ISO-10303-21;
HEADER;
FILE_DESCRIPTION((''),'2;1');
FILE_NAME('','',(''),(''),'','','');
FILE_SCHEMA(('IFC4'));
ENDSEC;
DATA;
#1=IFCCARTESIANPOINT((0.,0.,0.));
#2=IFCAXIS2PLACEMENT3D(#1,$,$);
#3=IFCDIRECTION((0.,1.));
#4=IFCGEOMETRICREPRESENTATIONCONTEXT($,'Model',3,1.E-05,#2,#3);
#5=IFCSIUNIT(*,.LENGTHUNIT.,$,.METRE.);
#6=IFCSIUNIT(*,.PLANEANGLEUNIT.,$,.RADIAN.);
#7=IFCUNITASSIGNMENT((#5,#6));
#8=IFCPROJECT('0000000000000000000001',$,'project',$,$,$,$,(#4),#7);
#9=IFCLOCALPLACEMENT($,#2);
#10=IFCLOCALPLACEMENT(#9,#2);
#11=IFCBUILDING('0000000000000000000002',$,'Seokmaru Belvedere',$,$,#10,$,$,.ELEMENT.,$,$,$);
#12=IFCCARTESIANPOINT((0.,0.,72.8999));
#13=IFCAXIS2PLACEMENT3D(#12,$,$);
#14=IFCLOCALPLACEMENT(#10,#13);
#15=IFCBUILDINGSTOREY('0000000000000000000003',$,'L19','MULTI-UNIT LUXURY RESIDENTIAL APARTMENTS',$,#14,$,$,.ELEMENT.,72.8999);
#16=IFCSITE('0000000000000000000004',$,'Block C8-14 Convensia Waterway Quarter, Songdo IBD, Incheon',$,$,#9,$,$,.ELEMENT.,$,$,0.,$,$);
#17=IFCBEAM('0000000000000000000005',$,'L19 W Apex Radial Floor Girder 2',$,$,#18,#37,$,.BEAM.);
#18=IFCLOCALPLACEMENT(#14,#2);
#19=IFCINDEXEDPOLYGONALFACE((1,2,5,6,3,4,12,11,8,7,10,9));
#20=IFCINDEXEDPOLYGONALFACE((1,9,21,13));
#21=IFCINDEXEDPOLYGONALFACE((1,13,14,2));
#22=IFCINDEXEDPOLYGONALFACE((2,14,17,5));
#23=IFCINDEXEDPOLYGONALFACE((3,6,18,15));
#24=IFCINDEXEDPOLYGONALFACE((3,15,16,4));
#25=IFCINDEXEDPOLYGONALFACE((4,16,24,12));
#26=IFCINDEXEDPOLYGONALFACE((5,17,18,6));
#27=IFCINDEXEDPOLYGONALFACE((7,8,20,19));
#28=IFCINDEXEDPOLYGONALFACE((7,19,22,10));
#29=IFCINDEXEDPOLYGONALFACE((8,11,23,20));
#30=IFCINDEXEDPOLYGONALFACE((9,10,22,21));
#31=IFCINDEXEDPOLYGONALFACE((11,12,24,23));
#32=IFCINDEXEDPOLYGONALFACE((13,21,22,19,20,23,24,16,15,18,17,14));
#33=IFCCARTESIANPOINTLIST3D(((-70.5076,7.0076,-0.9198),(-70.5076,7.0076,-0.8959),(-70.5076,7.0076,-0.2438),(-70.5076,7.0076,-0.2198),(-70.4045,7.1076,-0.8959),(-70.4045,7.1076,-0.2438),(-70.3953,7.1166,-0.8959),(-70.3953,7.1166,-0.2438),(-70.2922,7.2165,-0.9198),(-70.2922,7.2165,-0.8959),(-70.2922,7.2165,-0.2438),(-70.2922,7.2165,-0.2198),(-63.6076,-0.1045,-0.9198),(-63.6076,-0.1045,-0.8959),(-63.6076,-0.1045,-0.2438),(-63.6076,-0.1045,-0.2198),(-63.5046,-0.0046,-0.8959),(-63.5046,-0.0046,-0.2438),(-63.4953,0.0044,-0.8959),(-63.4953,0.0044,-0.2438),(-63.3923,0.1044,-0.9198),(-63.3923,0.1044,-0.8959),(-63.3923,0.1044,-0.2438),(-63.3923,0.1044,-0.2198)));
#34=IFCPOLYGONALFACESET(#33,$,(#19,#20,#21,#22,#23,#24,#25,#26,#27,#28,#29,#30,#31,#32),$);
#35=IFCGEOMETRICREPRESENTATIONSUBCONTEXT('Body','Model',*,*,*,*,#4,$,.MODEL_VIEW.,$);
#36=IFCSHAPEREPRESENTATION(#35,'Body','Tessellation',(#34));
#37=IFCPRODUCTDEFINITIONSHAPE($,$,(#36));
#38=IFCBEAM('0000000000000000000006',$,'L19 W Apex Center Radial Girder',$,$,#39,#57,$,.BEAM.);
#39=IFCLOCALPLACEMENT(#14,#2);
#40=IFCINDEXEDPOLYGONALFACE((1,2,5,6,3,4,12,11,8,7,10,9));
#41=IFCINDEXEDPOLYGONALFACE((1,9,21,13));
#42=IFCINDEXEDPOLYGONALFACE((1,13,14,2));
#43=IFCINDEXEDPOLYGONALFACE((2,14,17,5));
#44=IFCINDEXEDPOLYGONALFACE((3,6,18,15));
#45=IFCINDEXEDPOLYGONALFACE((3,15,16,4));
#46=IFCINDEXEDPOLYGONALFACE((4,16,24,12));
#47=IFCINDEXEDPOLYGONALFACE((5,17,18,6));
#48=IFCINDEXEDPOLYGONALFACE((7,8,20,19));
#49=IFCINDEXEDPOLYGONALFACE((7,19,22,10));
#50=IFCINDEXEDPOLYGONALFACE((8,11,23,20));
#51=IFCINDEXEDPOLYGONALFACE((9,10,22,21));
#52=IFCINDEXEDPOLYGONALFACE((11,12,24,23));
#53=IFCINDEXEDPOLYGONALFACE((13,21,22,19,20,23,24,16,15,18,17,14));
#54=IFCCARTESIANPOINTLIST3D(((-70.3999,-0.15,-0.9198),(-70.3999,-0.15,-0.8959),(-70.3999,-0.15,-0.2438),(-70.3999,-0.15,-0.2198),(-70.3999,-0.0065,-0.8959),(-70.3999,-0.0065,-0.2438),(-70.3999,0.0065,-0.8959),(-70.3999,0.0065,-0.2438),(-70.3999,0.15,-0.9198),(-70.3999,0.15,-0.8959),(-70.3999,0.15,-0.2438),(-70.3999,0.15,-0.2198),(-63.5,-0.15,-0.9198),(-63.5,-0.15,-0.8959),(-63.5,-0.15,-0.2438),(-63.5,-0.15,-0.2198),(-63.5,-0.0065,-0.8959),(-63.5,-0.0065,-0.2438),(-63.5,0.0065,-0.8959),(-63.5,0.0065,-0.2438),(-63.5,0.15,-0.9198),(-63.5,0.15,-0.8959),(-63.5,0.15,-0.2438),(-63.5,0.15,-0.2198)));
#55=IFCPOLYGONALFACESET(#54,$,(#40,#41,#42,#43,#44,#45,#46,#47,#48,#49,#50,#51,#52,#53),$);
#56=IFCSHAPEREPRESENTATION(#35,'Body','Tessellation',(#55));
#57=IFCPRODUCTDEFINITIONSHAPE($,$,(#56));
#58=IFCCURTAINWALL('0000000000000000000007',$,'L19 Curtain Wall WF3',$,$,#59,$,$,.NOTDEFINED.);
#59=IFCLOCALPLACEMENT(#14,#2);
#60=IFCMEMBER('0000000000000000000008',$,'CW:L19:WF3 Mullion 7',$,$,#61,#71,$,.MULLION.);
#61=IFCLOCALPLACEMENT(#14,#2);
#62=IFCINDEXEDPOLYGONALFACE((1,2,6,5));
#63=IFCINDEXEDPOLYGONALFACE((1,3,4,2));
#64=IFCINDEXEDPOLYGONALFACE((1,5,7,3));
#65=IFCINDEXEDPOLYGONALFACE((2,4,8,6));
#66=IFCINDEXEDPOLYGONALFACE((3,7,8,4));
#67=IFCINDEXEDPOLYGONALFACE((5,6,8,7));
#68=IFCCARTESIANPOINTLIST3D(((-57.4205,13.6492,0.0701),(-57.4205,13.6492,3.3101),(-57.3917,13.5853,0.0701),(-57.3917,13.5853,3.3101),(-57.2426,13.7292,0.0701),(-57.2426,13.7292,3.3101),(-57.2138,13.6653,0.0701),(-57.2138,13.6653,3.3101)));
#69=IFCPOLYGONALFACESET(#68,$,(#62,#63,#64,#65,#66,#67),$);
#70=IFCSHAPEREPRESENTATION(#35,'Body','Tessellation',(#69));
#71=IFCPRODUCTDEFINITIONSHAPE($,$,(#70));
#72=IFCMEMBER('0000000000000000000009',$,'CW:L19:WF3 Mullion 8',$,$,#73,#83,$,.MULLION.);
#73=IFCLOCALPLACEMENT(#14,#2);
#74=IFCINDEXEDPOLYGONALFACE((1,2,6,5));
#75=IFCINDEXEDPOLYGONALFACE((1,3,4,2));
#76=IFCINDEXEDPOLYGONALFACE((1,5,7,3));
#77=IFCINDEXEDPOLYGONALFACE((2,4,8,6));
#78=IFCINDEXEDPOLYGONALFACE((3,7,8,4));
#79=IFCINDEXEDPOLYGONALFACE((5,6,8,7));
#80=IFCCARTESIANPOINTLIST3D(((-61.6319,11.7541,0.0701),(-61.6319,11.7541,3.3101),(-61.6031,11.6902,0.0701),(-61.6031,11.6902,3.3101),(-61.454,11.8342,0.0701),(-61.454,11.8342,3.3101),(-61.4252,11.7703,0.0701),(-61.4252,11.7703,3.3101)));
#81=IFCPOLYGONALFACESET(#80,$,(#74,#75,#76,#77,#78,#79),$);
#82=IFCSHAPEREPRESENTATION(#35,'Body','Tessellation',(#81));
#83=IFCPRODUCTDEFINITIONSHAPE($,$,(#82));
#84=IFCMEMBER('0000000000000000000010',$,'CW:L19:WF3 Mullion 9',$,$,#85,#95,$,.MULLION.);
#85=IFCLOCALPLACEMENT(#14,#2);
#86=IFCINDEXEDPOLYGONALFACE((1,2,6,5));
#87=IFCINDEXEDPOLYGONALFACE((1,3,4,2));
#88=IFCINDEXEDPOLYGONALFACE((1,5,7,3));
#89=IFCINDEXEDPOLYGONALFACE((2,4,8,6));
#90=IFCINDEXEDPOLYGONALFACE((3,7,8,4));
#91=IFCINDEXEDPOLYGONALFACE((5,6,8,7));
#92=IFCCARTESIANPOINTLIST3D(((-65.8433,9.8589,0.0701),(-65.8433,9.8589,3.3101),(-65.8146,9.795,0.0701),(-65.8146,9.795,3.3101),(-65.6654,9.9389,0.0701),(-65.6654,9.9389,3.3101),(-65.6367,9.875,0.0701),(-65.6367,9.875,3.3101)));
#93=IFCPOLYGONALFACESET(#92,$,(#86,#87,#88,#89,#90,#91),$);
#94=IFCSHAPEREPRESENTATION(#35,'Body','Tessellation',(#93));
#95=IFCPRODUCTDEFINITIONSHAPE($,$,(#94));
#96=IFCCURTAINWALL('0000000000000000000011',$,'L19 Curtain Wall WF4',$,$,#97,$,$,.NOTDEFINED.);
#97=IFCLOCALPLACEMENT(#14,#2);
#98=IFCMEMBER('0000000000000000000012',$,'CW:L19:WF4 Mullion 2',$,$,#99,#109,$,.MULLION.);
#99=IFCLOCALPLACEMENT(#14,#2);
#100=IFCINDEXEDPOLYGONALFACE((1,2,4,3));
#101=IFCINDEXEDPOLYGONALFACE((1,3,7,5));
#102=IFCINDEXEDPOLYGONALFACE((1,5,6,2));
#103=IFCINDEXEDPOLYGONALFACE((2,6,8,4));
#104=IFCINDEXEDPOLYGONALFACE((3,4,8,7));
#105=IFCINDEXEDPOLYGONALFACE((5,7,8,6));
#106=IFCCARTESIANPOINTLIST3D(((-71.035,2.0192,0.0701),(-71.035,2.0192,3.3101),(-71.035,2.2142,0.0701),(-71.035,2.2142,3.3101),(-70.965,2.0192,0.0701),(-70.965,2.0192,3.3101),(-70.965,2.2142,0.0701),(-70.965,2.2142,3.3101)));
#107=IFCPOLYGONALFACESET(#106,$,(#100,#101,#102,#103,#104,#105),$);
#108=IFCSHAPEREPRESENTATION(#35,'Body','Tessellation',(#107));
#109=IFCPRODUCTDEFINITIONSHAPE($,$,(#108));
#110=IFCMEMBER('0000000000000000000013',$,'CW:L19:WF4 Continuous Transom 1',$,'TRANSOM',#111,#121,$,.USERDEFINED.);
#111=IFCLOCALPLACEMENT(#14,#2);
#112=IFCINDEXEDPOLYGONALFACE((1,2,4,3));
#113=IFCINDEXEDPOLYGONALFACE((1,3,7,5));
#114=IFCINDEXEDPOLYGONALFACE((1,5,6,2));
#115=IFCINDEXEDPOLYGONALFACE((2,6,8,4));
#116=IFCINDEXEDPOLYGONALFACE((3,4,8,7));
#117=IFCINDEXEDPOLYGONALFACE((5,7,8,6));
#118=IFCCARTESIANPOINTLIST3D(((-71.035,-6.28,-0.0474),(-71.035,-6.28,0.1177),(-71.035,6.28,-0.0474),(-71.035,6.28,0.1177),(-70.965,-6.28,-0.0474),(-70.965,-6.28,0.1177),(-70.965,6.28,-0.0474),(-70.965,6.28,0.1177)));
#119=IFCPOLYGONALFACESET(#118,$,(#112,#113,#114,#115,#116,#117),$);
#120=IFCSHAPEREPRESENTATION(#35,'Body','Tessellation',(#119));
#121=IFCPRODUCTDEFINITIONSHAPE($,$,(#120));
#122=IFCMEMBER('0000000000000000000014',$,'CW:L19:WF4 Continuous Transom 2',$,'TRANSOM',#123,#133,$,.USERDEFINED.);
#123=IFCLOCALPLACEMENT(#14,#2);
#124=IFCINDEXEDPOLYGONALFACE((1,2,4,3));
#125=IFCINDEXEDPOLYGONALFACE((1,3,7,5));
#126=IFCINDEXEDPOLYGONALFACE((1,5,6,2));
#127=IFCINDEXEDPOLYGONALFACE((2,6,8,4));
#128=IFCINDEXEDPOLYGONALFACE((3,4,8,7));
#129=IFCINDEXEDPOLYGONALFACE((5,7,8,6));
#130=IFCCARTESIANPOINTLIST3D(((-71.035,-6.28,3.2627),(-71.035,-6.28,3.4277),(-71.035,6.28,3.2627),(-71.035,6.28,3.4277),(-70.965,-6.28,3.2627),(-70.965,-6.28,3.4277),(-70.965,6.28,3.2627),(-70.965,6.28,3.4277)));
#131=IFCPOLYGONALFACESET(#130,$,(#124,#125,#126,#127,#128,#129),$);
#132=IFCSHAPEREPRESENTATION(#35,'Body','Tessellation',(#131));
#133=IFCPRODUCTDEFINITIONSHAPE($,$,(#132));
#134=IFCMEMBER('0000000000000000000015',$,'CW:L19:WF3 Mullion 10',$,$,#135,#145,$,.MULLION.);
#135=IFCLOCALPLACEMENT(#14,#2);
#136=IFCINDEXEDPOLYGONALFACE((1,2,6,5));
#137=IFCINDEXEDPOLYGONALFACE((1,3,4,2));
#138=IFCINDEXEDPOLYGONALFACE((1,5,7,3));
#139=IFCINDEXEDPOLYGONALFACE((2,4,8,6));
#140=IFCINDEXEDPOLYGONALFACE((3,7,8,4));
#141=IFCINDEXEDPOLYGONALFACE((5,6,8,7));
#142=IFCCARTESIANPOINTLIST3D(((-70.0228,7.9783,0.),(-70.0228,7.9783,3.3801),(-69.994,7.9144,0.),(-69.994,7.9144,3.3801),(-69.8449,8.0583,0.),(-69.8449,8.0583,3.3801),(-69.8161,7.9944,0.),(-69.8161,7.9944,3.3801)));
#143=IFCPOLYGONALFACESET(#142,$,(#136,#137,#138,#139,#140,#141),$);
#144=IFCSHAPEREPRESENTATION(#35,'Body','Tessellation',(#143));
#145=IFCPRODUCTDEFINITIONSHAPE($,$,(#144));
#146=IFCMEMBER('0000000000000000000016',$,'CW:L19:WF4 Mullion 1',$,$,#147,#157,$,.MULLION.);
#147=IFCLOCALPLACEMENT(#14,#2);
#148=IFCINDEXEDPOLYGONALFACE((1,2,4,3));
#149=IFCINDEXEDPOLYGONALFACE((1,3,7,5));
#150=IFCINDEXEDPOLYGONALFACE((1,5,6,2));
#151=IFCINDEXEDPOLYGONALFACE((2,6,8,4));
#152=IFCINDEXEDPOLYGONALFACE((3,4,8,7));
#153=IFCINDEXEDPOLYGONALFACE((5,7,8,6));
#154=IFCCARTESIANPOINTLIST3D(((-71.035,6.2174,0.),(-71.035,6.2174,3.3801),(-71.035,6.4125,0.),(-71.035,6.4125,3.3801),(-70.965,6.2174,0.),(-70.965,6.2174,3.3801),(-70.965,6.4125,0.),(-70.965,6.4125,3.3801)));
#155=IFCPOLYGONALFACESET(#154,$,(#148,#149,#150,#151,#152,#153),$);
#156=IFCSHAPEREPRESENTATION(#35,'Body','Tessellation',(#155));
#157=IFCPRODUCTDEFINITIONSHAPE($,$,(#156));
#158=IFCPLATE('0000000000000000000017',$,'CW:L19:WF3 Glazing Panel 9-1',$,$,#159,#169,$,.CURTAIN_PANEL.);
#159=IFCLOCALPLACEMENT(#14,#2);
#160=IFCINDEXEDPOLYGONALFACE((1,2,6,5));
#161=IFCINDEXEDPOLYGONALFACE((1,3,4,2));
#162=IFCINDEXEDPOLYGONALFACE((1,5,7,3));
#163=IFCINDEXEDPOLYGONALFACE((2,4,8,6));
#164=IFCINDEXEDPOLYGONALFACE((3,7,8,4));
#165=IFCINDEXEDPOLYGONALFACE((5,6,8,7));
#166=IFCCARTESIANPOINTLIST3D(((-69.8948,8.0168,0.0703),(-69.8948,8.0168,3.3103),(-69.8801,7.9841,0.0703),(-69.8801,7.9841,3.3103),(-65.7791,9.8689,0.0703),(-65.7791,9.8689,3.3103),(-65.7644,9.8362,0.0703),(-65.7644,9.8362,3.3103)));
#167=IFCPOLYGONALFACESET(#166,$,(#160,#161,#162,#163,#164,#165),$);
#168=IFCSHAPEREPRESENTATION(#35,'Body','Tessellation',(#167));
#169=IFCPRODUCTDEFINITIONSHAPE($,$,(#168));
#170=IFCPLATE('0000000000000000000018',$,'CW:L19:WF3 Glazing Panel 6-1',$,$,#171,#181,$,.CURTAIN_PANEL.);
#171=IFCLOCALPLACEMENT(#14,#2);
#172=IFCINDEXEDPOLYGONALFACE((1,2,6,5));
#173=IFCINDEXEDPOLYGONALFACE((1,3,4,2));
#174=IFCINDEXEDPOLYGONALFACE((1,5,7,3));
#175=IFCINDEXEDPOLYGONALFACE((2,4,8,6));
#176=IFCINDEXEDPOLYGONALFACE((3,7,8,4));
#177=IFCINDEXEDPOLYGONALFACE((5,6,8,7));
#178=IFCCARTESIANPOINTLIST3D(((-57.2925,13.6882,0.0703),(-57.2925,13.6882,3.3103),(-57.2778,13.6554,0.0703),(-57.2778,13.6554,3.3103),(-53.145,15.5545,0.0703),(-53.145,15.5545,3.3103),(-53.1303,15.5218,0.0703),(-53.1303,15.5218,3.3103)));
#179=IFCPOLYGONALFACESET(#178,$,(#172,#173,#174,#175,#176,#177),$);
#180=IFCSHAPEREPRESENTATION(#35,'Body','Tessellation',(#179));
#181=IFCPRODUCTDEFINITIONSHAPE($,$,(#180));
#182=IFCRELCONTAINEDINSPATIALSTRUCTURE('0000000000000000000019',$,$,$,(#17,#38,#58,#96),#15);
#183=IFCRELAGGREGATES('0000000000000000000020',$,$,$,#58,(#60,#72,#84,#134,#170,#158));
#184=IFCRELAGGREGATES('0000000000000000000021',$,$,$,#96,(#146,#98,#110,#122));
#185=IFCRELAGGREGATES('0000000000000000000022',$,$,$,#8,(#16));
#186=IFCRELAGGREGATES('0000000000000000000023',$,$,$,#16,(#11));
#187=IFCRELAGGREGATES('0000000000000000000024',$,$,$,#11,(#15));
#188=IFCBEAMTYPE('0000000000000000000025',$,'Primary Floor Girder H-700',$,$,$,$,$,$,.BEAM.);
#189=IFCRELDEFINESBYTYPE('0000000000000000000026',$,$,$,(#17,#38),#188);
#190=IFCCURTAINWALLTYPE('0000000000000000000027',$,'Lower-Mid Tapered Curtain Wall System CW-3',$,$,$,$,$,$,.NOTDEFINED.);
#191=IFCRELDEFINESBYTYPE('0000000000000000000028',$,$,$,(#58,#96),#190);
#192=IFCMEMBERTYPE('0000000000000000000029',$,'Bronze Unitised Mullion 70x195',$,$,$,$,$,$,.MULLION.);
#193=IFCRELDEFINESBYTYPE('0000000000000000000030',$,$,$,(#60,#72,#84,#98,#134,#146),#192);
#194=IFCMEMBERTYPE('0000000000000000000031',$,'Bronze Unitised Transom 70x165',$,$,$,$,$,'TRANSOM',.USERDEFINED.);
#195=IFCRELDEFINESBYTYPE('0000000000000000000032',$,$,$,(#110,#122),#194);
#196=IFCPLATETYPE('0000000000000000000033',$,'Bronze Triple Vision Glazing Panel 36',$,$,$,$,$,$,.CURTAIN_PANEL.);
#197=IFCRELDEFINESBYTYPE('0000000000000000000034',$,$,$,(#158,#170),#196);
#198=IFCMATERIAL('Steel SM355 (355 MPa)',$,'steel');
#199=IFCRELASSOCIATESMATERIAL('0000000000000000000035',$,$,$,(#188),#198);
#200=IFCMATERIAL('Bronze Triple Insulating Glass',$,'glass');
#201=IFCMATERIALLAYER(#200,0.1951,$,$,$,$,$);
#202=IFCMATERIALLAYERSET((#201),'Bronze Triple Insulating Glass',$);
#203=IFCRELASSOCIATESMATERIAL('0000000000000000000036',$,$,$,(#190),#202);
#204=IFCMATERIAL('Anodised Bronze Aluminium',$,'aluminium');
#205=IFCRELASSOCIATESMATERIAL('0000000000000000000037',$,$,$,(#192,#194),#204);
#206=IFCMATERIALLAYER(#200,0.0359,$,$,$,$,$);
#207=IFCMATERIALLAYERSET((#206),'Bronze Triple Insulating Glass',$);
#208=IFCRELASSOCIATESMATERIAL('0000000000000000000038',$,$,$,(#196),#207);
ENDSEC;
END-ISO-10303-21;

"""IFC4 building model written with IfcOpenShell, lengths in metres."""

from ifc_helpers import new_model, si_unit, direction, frame, origin, origin_2d, place, context, subcontext, project, spatial, rectangle, i_section, extrude, source, transform, mapped, material, layer, layer_set, material_profile, profile_set, type_object, type_shapes, element, aggregate, save


model = new_model("IFC4")

# Units and contexts
model_context = context("Model", 3, precision=1e-05, world=origin(), true_north=direction((0.0, 1.0)))
body_context = subcontext(model_context, "Body", "Model", "MODEL_VIEW")
ifc_project = project(units=[si_unit("LENGTHUNIT", "METRE"), si_unit("PLANEANGLEUNIT", "RADIAN")], contexts=[model_context])

# Site, building, storey
site_placement = place(None, origin())
site = spatial("IfcSite", under=ifc_project, at=site_placement, Name="Block C8-14 Convensia Waterway Quarter, Songdo IBD, Incheon", CompositionType="ELEMENT", RefElevation=0.0)
building_placement = place(site_placement, origin())
building = spatial("IfcBuilding", under=site, at=building_placement, Name="Seokmaru Belvedere", CompositionType="ELEMENT")
storey_placement = place(building_placement, frame((0.0, 0.0, 72.8999)))
storey = spatial("IfcBuildingStorey", under=building, at=storey_placement, Name="L19", Description="MULTI-UNIT LUXURY RESIDENTIAL APARTMENTS", CompositionType="ELEMENT", Elevation=72.8999)

# Shared definitions
ifc_material_1 = material(Name="Steel SM355 (355 MPa)", Category="steel")

# Beams
ifc_material_profile_1 = material_profile(ifc_material_1, i_section(OverallWidth=0.3, OverallDepth=0.7, WebThickness=0.0129, FlangeThickness=0.0239, at=origin_2d()), Name="H-700x300x13x24")
ifc_profile_set_1 = profile_set([ifc_material_profile_1], Name="Steel SM355 (355 MPa)")
beam_type_1 = type_object("IfcBeamType", Name="Primary Floor Girder H-700", PredefinedType="BEAM", material=ifc_profile_set_1)
shared_shape_1 = source(origin(), body_context, "Body", "SweptSolid", [
    extrude(i_section(OverallWidth=0.3, OverallDepth=0.7, WebThickness=0.0129, FlangeThickness=0.0239, at=origin_2d()), origin(), (0.0, 0.0, 1.0), 9.9092),
])
beam_1_placement = place(storey_placement, frame((-70.3999, 7.1121, -0.5698), z_axis=(0.696321, -0.717731, 0.0), x_axis=(0.717731, 0.696321, 0.0)))
element("IfcBeam", 1, at=beam_1_placement, inside=storey, type_object=beam_type_1, Name="L19 W Apex Radial Floor Girder 2", PredefinedType="BEAM", context=body_context, shape_type="MappedRepresentation", body=[
    mapped(shared_shape_1, transform((0.0, 0.0, 0.0), scale=1.0)),
])
shared_shape_2 = source(origin(), body_context, "Body", "SweptSolid", [
    extrude(i_section(OverallWidth=0.3, OverallDepth=0.7, WebThickness=0.0129, FlangeThickness=0.0239, at=origin_2d()), origin(), (0.0, 0.0, 1.0), 6.8999),
])
beam_2_placement = place(storey_placement, frame((-70.3999, 0.0, -0.5698), z_axis=(1.0, 0.0, 0.0), x_axis=(0.0, 1.0, 0.0)))
element("IfcBeam", 2, at=beam_2_placement, inside=storey, type_object=beam_type_1, Name="L19 W Apex Center Radial Girder", PredefinedType="BEAM", context=body_context, shape_type="MappedRepresentation", body=[
    mapped(shared_shape_2, transform((0.0, 0.0, 0.0), scale=1.0)),
])

# Curtain walls, members
ifc_material_2 = material(Name="Bronze Triple Insulating Glass", Category="glass")
ifc_layer_1 = layer(ifc_material_2, 0.1951)
ifc_layer_set_1 = layer_set([ifc_layer_1], Name="Bronze Triple Insulating Glass")
curtain_wall_type = type_object("IfcCurtainWallType", Name="Lower-Mid Tapered Curtain Wall System CW-3", PredefinedType="NOTDEFINED", material=ifc_layer_set_1)
curtain_wall_1_placement = place(storey_placement, origin())
curtain_wall_1 = element("IfcCurtainWall", 3, at=curtain_wall_1_placement, inside=storey, type_object=curtain_wall_type, Name="L19 Curtain Wall WF3", PredefinedType="NOTDEFINED")
ifc_material_3 = material(Name="Anodised Bronze Aluminium", Category="aluminium")
ifc_material_profile_2 = material_profile(ifc_material_3, rectangle(XDim=0.0701, YDim=0.1951, at=origin_2d()), Name="CW-M-70x195")
ifc_profile_set_2 = profile_set([ifc_material_profile_2], Name="Anodised Bronze Aluminium")
member_type_1 = type_object("IfcMemberType", Name="Bronze Unitised Mullion 70x195", PredefinedType="MULLION", material=ifc_profile_set_2)
shared_shape_3 = source(origin(), body_context, "Body", "SweptSolid", [
    extrude(rectangle(XDim=0.0701, YDim=0.1951, at=origin_2d()), origin(), (0.0, 0.0, 1.0), 3.24),
])
member_1_placement = place(storey_placement, frame((-57.3171, 13.6572, 0.0701), z_axis=(0.0, 0.0, 1.0), x_axis=(0.410366, -0.911921, 0.0)))
member_1 = element("IfcMember", 4, at=member_1_placement, type_object=member_type_1, Name="CW:L19:WF3 Mullion 7", PredefinedType="MULLION", context=body_context, shape_type="MappedRepresentation", body=[
    mapped(shared_shape_3, transform((0.0, 0.0, 0.0), scale=1.0)),
])
member_2_placement = place(storey_placement, frame((-61.5286, 11.7622, 0.0701), z_axis=(0.0, 0.0, 1.0), x_axis=(0.410366, -0.911921, 0.0)))
member_2 = element("IfcMember", 5, at=member_2_placement, type_object=member_type_1, Name="CW:L19:WF3 Mullion 8", PredefinedType="MULLION", context=body_context, shape_type="MappedRepresentation", body=[
    mapped(shared_shape_3, transform((0.0, 0.0, 0.0), scale=1.0)),
])
member_3_placement = place(storey_placement, frame((-65.74, 9.8669, 0.0701), z_axis=(0.0, 0.0, 1.0), x_axis=(0.410366, -0.911921, 0.0)))
member_3 = element("IfcMember", 6, at=member_3_placement, type_object=member_type_1, Name="CW:L19:WF3 Mullion 9", PredefinedType="MULLION", context=body_context, shape_type="MappedRepresentation", body=[
    mapped(shared_shape_3, transform((0.0, 0.0, 0.0), scale=1.0)),
])
curtain_wall_2_placement = place(storey_placement, origin())
curtain_wall_2 = element("IfcCurtainWall", 7, at=curtain_wall_2_placement, inside=storey, type_object=curtain_wall_type, Name="L19 Curtain Wall WF4", PredefinedType="NOTDEFINED")
member_4_placement = place(storey_placement, frame((-71.0, 2.1167, 0.0701), z_axis=(0.0, 0.0, 1.0), x_axis=(1.0, 0.0, 0.0)))
member_4 = element("IfcMember", 8, at=member_4_placement, type_object=member_type_1, Name="CW:L19:WF4 Mullion 2", PredefinedType="MULLION", context=body_context, shape_type="MappedRepresentation", body=[
    mapped(shared_shape_3, transform((0.0, 0.0, 0.0), scale=1.0)),
])
ifc_material_profile_3 = material_profile(ifc_material_3, rectangle(XDim=0.0701, YDim=0.165, at=origin_2d()), Name="CW-T-70x165")
ifc_profile_set_3 = profile_set([ifc_material_profile_3], Name="Anodised Bronze Aluminium")
member_type_2 = type_object("IfcMemberType", Name="Bronze Unitised Transom 70x165", ElementType="TRANSOM", PredefinedType="USERDEFINED", material=ifc_profile_set_3)
shared_shape_4 = source(origin(), body_context, "Body", "SweptSolid", [
    extrude(rectangle(XDim=0.0701, YDim=0.165, at=origin_2d()), origin(), (0.0, 0.0, 1.0), 12.5601),
])
type_shapes(member_type_2, [shared_shape_4])
member_5_placement = place(storey_placement, frame((-71.0, 6.28, 0.0352), z_axis=(0.0, -1.0, 0.0), x_axis=(1.0, 0.0, 0.0)))
member_5 = element("IfcMember", 9, at=member_5_placement, type_object=member_type_2, Name="CW:L19:WF4 Continuous Transom 1", ObjectType="TRANSOM", PredefinedType="USERDEFINED", context=body_context, shape_type="MappedRepresentation", body=[
    mapped(shared_shape_4, transform((0.0, 0.0, 0.0), scale=1.0)),
])
member_6_placement = place(storey_placement, frame((-71.0, 6.28, 3.3452), z_axis=(0.0, -1.0, 0.0), x_axis=(1.0, 0.0, 0.0)))
member_6 = element("IfcMember", 10, at=member_6_placement, type_object=member_type_2, Name="CW:L19:WF4 Continuous Transom 2", ObjectType="TRANSOM", PredefinedType="USERDEFINED", context=body_context, shape_type="MappedRepresentation", body=[
    mapped(shared_shape_4, transform((0.0, 0.0, 0.0), scale=1.0)),
])

# Members
shared_shape_5 = source(origin(), body_context, "Body", "SweptSolid", [
    extrude(rectangle(XDim=0.0701, YDim=0.1951, at=origin_2d()), origin(), (0.0, 0.0, 1.0), 3.3801),
])
type_shapes(member_type_1, [shared_shape_3, shared_shape_5])
member_7_placement = place(storey_placement, frame((-69.9194, 7.9863, 0.0), z_axis=(0.0, 0.0, 1.0), x_axis=(0.410366, -0.911921, 0.0)))
member_7 = element("IfcMember", 11, at=member_7_placement, type_object=member_type_1, Name="CW:L19:WF3 Mullion 10", PredefinedType="MULLION", context=body_context, shape_type="MappedRepresentation", body=[
    mapped(shared_shape_5, transform((0.0, 0.0, 0.0), scale=1.0)),
])
member_8_placement = place(storey_placement, frame((-71.0, 6.3149, 0.0), z_axis=(0.0, 0.0, 1.0), x_axis=(1.0, 0.0, 0.0)))
member_8 = element("IfcMember", 12, at=member_8_placement, type_object=member_type_1, Name="CW:L19:WF4 Mullion 1", PredefinedType="MULLION", context=body_context, shape_type="MappedRepresentation", body=[
    mapped(shared_shape_5, transform((0.0, 0.0, 0.0), scale=1.0)),
])

# Plates
ifc_layer_2 = layer(ifc_material_2, 0.0359)
ifc_layer_set_2 = layer_set([ifc_layer_2], Name="Bronze Triple Insulating Glass")
plate_type = type_object("IfcPlateType", Name="Bronze Triple Vision Glazing Panel 36", PredefinedType="CURTAIN_PANEL", material=ifc_layer_set_2)
shared_shape_6 = source(origin(), body_context, "Body", "SweptSolid", [
    extrude(rectangle(XDim=4.5132, YDim=0.0359, at=origin_2d()), origin(), (0.0, 0.0, 1.0), 3.24),
])
plate_1_placement = place(storey_placement, frame((-67.8296, 8.9265, 0.0703), z_axis=(0.0, 0.0, 1.0), x_axis=(-0.911921, -0.410366, 0.0)))
plate_1 = element("IfcPlate", 13, at=plate_1_placement, type_object=plate_type, Name="CW:L19:WF3 Glazing Panel 9-1", PredefinedType="CURTAIN_PANEL", context=body_context, shape_type="MappedRepresentation", body=[
    mapped(shared_shape_6, transform((0.0, 0.0, 0.0), scale=1.0)),
])
shared_shape_7 = source(origin(), body_context, "Body", "SweptSolid", [
    extrude(rectangle(XDim=4.5481, YDim=0.0359, at=origin_2d()), origin(), (0.0, 0.0, 1.0), 3.24),
])
plate_2_placement = place(storey_placement, frame((-55.2114, 14.605, 0.0703), z_axis=(0.0, 0.0, 1.0), x_axis=(-0.911921, -0.410366, 0.0)))
plate_2 = element("IfcPlate", 14, at=plate_2_placement, type_object=plate_type, Name="CW:L19:WF3 Glazing Panel 6-1", PredefinedType="CURTAIN_PANEL", context=body_context, shape_type="MappedRepresentation", body=[
    mapped(shared_shape_7, transform((0.0, 0.0, 0.0), scale=1.0)),
])
aggregate(curtain_wall_1, [member_1, member_2, member_3, member_7, plate_2, plate_1])
aggregate(curtain_wall_2, [member_8, member_4, member_5, member_6])

save(model, "model.ifc")
